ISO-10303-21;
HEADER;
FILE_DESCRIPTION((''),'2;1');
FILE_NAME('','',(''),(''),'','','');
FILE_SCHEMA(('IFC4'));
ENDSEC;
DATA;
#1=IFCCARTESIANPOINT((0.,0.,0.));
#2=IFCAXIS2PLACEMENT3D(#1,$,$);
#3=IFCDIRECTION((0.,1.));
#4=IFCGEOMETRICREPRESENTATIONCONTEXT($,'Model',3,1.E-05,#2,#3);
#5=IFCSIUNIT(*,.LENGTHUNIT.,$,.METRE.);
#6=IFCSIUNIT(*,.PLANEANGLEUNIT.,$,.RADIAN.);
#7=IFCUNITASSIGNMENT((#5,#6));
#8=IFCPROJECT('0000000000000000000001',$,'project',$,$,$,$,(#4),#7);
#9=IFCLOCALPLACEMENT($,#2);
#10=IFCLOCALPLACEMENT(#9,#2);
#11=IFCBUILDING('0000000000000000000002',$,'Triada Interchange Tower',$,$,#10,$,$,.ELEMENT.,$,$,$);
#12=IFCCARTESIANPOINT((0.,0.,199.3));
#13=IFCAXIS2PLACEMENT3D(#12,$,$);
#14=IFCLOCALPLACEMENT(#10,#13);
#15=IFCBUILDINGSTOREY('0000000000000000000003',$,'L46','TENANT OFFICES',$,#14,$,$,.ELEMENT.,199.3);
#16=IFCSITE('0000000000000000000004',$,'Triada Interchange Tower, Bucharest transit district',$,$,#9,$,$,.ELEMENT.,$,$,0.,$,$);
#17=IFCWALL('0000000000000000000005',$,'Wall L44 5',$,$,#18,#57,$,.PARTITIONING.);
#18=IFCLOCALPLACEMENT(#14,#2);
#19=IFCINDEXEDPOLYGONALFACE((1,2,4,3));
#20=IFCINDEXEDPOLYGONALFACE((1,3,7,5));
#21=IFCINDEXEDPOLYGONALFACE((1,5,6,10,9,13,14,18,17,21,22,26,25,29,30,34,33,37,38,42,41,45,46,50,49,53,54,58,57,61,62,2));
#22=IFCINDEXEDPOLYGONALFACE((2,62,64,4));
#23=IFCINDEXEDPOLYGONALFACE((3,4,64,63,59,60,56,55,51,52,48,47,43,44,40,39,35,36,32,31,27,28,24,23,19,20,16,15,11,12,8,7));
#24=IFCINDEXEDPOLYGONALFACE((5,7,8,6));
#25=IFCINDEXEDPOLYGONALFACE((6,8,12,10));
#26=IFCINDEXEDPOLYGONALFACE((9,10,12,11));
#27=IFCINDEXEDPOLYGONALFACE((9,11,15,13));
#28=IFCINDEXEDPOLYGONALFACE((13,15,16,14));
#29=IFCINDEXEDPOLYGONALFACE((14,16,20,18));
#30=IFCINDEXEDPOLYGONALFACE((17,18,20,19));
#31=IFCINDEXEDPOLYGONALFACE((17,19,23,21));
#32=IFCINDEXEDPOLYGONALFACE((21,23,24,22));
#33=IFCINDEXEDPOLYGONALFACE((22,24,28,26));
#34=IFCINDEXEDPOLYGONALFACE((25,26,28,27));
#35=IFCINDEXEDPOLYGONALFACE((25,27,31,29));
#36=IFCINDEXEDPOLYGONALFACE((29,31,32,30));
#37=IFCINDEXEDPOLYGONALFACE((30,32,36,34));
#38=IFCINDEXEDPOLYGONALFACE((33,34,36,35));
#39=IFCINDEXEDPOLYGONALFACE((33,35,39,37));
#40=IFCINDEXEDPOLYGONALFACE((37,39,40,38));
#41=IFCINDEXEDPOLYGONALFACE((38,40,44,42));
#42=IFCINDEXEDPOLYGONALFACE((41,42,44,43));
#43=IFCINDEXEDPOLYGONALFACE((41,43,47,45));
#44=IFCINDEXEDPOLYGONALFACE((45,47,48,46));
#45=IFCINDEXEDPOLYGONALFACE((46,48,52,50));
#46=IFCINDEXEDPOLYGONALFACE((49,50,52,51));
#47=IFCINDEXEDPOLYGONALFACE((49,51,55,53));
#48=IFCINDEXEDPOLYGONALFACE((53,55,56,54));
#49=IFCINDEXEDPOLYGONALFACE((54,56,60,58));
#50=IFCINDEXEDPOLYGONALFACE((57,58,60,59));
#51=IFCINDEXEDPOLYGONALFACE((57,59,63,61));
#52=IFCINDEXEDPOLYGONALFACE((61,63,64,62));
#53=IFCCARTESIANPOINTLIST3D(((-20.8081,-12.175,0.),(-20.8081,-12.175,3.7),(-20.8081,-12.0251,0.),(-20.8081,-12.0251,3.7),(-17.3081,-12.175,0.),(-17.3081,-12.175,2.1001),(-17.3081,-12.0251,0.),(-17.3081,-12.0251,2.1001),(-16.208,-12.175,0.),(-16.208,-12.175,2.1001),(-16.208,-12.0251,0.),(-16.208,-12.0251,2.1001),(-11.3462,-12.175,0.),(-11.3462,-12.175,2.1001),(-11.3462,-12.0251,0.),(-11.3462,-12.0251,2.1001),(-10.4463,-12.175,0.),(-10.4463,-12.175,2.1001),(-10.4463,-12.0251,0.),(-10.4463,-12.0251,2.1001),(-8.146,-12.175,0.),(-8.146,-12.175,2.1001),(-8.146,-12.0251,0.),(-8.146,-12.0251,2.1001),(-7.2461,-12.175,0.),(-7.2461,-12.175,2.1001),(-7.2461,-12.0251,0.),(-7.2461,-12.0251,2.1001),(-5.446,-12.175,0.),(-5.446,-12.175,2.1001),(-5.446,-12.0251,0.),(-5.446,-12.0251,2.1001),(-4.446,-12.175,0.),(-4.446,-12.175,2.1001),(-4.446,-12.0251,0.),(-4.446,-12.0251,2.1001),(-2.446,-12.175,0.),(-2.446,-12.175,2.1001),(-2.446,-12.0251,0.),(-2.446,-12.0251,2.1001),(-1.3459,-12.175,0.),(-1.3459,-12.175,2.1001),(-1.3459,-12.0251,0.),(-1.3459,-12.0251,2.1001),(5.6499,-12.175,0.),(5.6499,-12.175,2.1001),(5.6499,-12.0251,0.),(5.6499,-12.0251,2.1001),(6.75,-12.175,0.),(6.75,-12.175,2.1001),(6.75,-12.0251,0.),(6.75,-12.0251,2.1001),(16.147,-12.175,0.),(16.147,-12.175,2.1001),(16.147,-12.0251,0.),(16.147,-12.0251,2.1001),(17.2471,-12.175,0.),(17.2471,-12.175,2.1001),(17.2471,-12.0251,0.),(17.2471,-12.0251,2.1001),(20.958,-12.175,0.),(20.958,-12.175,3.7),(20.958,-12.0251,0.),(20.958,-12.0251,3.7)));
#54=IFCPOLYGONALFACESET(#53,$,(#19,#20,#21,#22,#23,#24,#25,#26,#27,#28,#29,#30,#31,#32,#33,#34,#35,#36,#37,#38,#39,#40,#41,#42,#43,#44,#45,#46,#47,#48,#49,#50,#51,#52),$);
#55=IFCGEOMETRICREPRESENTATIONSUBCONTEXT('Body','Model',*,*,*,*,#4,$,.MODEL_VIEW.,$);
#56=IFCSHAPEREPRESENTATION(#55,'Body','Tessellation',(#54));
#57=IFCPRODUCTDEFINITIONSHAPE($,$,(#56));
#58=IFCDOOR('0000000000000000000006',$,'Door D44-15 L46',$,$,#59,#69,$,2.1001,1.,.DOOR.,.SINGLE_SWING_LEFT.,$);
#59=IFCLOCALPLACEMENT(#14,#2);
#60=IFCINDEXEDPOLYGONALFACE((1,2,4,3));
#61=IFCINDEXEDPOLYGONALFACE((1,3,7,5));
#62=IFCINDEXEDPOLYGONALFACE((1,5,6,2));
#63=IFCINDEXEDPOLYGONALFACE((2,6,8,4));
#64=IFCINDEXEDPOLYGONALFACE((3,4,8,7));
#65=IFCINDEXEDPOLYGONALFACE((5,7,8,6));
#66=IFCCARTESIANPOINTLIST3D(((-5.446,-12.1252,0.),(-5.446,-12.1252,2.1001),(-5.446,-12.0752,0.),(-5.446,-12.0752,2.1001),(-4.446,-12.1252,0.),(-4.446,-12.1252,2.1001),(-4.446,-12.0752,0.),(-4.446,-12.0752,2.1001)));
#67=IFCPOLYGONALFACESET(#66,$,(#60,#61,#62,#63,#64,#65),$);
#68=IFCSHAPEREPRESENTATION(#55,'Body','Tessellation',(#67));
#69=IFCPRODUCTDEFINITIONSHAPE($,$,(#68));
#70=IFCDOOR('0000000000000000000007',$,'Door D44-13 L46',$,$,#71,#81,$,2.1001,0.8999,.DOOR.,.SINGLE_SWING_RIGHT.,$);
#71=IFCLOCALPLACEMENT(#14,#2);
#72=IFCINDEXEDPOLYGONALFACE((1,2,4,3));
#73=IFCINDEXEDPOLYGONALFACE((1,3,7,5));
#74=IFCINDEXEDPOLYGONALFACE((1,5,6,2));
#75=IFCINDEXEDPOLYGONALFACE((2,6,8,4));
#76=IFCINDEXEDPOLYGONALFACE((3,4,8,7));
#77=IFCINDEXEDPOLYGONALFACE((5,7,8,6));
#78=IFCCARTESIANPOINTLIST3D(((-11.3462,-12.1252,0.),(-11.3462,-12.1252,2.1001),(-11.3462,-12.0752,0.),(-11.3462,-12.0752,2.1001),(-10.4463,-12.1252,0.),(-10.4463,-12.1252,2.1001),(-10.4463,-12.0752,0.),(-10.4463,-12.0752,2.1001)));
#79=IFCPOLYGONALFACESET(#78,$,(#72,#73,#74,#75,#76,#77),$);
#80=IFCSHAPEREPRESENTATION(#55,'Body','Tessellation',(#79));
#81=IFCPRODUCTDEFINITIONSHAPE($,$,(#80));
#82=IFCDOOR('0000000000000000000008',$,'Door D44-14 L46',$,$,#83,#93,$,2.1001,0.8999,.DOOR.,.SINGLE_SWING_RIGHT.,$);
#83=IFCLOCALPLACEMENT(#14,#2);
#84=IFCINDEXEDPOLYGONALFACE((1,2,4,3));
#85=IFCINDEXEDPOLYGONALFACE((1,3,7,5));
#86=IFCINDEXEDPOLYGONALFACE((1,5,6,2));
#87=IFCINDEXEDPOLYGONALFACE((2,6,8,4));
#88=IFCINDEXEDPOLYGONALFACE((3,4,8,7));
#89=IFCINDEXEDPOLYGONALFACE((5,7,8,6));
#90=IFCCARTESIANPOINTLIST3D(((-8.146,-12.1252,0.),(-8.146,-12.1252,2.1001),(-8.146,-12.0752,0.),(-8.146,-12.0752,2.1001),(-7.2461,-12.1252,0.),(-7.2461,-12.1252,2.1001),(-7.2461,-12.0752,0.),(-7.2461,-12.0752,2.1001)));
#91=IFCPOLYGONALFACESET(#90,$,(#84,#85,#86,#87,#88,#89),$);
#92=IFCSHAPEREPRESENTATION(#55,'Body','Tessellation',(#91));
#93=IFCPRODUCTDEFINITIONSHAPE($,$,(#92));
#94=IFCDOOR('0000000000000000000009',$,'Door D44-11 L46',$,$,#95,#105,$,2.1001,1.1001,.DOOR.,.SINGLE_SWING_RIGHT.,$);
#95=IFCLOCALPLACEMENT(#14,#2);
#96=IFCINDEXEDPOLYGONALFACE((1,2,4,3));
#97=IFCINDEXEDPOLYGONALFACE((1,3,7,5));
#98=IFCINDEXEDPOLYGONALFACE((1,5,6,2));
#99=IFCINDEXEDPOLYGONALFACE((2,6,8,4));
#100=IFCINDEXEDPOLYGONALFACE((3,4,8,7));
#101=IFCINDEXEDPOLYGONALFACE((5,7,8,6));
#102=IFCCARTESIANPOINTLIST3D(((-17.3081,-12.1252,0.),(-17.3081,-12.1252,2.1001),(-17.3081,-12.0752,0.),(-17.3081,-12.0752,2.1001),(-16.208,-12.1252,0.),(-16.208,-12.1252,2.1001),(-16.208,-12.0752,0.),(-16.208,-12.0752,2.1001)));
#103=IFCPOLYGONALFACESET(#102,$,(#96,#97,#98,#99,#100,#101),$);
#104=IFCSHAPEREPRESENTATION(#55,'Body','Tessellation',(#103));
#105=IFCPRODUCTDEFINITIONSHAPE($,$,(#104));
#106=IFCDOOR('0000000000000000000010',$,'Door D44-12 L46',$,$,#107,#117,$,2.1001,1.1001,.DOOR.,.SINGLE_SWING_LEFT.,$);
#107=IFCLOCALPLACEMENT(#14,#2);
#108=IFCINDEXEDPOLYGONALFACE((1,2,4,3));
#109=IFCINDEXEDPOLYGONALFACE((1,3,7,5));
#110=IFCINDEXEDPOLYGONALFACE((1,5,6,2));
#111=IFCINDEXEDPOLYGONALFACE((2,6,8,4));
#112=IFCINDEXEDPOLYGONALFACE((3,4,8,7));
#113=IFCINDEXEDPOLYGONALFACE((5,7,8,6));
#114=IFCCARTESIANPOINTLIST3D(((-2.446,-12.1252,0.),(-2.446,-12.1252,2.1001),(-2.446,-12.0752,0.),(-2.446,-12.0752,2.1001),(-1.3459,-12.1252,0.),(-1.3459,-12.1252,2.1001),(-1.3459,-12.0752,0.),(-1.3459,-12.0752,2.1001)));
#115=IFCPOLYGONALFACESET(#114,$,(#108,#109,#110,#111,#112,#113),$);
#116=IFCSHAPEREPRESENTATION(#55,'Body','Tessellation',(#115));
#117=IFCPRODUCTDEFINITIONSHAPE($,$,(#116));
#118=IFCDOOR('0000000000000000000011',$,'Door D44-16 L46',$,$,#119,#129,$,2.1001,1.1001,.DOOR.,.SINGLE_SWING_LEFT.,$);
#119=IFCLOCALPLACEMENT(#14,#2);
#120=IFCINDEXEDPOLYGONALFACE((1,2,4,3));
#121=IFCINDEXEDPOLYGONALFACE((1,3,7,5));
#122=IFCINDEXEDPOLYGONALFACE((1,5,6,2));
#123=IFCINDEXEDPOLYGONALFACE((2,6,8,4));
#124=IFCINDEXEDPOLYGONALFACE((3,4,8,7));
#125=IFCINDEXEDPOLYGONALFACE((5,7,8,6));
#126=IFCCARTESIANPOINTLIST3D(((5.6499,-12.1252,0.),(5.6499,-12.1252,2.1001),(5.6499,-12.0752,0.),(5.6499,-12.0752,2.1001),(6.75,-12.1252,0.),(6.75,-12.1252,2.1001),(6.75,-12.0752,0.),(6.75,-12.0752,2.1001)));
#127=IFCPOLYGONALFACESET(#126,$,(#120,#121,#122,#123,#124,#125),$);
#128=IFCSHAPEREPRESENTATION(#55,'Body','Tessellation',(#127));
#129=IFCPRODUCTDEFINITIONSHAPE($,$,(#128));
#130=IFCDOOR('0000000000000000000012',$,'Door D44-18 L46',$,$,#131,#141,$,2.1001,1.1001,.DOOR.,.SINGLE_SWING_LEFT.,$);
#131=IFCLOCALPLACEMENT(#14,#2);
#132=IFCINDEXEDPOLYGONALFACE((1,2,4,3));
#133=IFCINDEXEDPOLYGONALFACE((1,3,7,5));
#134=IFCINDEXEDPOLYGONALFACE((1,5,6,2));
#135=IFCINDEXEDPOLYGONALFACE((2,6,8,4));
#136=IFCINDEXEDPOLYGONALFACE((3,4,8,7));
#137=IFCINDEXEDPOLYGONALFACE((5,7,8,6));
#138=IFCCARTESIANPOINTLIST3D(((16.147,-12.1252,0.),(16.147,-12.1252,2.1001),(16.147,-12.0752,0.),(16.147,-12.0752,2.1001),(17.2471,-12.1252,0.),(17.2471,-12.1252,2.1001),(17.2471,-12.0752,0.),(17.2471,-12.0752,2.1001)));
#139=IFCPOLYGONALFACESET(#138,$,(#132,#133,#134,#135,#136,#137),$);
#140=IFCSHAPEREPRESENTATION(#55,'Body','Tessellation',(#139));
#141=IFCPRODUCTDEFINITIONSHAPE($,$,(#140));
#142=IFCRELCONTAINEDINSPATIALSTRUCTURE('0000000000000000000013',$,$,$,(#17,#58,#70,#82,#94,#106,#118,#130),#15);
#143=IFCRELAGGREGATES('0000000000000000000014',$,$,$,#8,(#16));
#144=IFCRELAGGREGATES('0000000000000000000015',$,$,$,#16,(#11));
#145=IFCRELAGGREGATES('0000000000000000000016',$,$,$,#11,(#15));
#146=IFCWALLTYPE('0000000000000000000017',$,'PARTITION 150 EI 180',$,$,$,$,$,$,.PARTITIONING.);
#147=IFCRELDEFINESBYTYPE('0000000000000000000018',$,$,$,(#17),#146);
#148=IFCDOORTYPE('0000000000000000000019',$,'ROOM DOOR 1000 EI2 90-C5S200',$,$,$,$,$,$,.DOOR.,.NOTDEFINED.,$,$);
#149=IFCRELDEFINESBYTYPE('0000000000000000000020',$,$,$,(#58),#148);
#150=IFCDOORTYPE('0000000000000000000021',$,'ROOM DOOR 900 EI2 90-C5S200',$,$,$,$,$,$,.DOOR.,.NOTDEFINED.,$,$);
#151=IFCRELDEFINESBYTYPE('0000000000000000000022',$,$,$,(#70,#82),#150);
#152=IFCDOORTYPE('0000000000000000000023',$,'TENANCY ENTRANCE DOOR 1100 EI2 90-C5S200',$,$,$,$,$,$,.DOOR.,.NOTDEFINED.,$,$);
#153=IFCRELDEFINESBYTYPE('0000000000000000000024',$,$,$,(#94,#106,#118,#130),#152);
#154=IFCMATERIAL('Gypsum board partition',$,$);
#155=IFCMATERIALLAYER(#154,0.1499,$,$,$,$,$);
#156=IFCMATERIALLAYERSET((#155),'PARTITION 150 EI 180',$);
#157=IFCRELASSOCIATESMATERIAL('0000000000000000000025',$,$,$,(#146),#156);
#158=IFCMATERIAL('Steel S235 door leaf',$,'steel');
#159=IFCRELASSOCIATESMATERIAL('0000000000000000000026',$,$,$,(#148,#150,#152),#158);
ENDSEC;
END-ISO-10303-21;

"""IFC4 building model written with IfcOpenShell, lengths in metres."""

from ifc_helpers import new_model, si_unit, direction, frame, frame_2d, origin, place, context, subcontext, project, spatial, rectangle, extrude, material, layer, layer_set, type_object, element, fill, save


model = new_model("IFC4")

# Units and contexts
model_context = context("Model", 3, precision=1e-05, world=origin(), true_north=direction((0.0, 1.0)))
body_context = subcontext(model_context, "Body", "Model", "MODEL_VIEW")
ifc_project = project(units=[si_unit("LENGTHUNIT", "METRE"), si_unit("PLANEANGLEUNIT", "RADIAN")], contexts=[model_context])

# Site, building, storey
site_placement = place(None, origin())
site = spatial("IfcSite", under=ifc_project, at=site_placement, Name="Triada Interchange Tower, Bucharest transit district", CompositionType="ELEMENT", RefElevation=0.0)
building_placement = place(site_placement, origin())
building = spatial("IfcBuilding", under=site, at=building_placement, Name="Triada Interchange Tower", CompositionType="ELEMENT")
storey_placement = place(building_placement, frame((0.0, 0.0, 199.3)))
storey = spatial("IfcBuildingStorey", under=building, at=storey_placement, Name="L46", Description="TENANT OFFICES", CompositionType="ELEMENT", Elevation=199.3)

# Wall, openings, doors
ifc_material_1 = material(Name="Gypsum board partition")
ifc_layer_1 = layer(ifc_material_1, 0.1499)
ifc_layer_set_1 = layer_set([ifc_layer_1], Name="PARTITION 150 EI 180")
wall_type_1 = type_object("IfcWallType", Name="PARTITION 150 EI 180", PredefinedType="PARTITIONING", material=ifc_layer_set_1)
ifc_material_2 = material(Name="Steel S235 door leaf", Category="steel")
door_type_1 = type_object("IfcDoorType", Name="ROOM DOOR 1000 EI2 90-C5S200", OperationType="NOTDEFINED", PredefinedType="DOOR", material=ifc_material_2)
door_type_2 = type_object("IfcDoorType", Name="ROOM DOOR 900 EI2 90-C5S200", OperationType="NOTDEFINED", PredefinedType="DOOR", material=ifc_material_2)
door_type_3 = type_object("IfcDoorType", Name="TENANCY ENTRANCE DOOR 1100 EI2 90-C5S200", OperationType="NOTDEFINED", PredefinedType="DOOR", material=ifc_material_2)
wall_1_placement = place(storey_placement, frame((-20.8081, -12.1001, 0.0), z_axis=(0.0, 0.0, 1.0), x_axis=(1.0, 0.0, 0.0)))
wall_1 = element("IfcWall", 1, at=wall_1_placement, inside=storey, type_object=wall_type_1, Name="Wall L44 5", PredefinedType="PARTITIONING", context=body_context, shape_type="SweptSolid", body=[
    extrude(rectangle(XDim=41.7661, YDim=0.1499, at=frame_2d((20.8831, 0.0))), origin(), (0.0, 0.0, 1.0), 3.7),
])
opening_1_placement = place(wall_1_placement, frame((3.5, 0.0, 0.0)))
opening_1 = element("IfcOpeningElement", 2, at=opening_1_placement, cuts=wall_1, PredefinedType="OPENING", context=body_context, shape_type="SweptSolid", body=[
    extrude(rectangle(XDim=1.1001, YDim=2.1001, at=frame_2d((0.55, 1.05))), frame((0.0, 0.085, 0.0), z_axis=(0.0, -1.0, 0.0), x_axis=(1.0, 0.0, 0.0)), (0.0, 0.0, 1.0), 0.1699),
])
opening_2_placement = place(wall_1_placement, frame((18.3621, 0.0, 0.0)))
opening_2 = element("IfcOpeningElement", 3, at=opening_2_placement, cuts=wall_1, PredefinedType="OPENING", context=body_context, shape_type="SweptSolid", body=[
    extrude(rectangle(XDim=1.1001, YDim=2.1001, at=frame_2d((0.55, 1.05))), frame((0.0, 0.085, 0.0), z_axis=(0.0, -1.0, 0.0), x_axis=(1.0, 0.0, 0.0)), (0.0, 0.0, 1.0), 0.1699),
])
opening_3_placement = place(wall_1_placement, frame((9.4619, 0.0, 0.0)))
opening_3 = element("IfcOpeningElement", 4, at=opening_3_placement, cuts=wall_1, PredefinedType="OPENING", context=body_context, shape_type="SweptSolid", body=[
    extrude(rectangle(XDim=0.8999, YDim=2.1001, at=frame_2d((0.45, 1.05))), frame((0.0, 0.085, 0.0), z_axis=(0.0, -1.0, 0.0), x_axis=(1.0, 0.0, 0.0)), (0.0, 0.0, 1.0), 0.1699),
])
opening_4_placement = place(wall_1_placement, frame((12.6621, 0.0, 0.0)))
opening_4 = element("IfcOpeningElement", 5, at=opening_4_placement, cuts=wall_1, PredefinedType="OPENING", context=body_context, shape_type="SweptSolid", body=[
    extrude(rectangle(XDim=0.8999, YDim=2.1001, at=frame_2d((0.45, 1.05))), frame((0.0, 0.085, 0.0), z_axis=(0.0, -1.0, 0.0), x_axis=(1.0, 0.0, 0.0)), (0.0, 0.0, 1.0), 0.1699),
])
opening_5_placement = place(wall_1_placement, frame((15.3621, 0.0, 0.0)))
opening_5 = element("IfcOpeningElement", 6, at=opening_5_placement, cuts=wall_1, PredefinedType="OPENING", context=body_context, shape_type="SweptSolid", body=[
    extrude(rectangle(XDim=1.0, YDim=2.1001, at=frame_2d((0.5, 1.05))), frame((0.0, 0.085, 0.0), z_axis=(0.0, -1.0, 0.0), x_axis=(1.0, 0.0, 0.0)), (0.0, 0.0, 1.0), 0.1699),
])
opening_6_placement = place(wall_1_placement, frame((26.458, 0.0, 0.0)))
opening_6 = element("IfcOpeningElement", 7, at=opening_6_placement, cuts=wall_1, PredefinedType="OPENING", context=body_context, shape_type="SweptSolid", body=[
    extrude(rectangle(XDim=1.1001, YDim=2.1001, at=frame_2d((0.55, 1.05))), frame((0.0, 0.085, 0.0), z_axis=(0.0, -1.0, 0.0), x_axis=(1.0, 0.0, 0.0)), (0.0, 0.0, 1.0), 0.1699),
])
opening_7_placement = place(wall_1_placement, frame((36.9551, 0.0, 0.0)))
opening_7 = element("IfcOpeningElement", 8, at=opening_7_placement, cuts=wall_1, PredefinedType="OPENING", context=body_context, shape_type="SweptSolid", body=[
    extrude(rectangle(XDim=1.1001, YDim=2.1001, at=frame_2d((0.55, 1.05))), frame((0.0, 0.085, 0.0), z_axis=(0.0, -1.0, 0.0), x_axis=(1.0, 0.0, 0.0)), (0.0, 0.0, 1.0), 0.1699),
])
door_1_placement = place(opening_5_placement, origin())
door_1 = element("IfcDoor", 9, at=door_1_placement, inside=storey, type_object=door_type_1, Name="Door D44-15 L46", OperationType="SINGLE_SWING_LEFT", OverallHeight=2.1001, OverallWidth=1.0, PredefinedType="DOOR", context=body_context, shape_type="SweptSolid", body=[
    extrude(rectangle(XDim=1.0, YDim=2.1001, at=frame_2d((0.5, 1.05))), frame((0.0, 0.0249, 0.0), z_axis=(0.0, -1.0, 0.0), x_axis=(1.0, 0.0, 0.0)), (0.0, 0.0, 1.0), 0.05),
])
fill(opening_5, door_1)
door_2_placement = place(opening_3_placement, origin())
door_2 = element("IfcDoor", 10, at=door_2_placement, inside=storey, type_object=door_type_2, Name="Door D44-13 L46", OperationType="SINGLE_SWING_RIGHT", OverallHeight=2.1001, OverallWidth=0.8999, PredefinedType="DOOR", context=body_context, shape_type="SweptSolid", body=[
    extrude(rectangle(XDim=0.8999, YDim=2.1001, at=frame_2d((0.45, 1.05))), frame((0.0, 0.0249, 0.0), z_axis=(0.0, -1.0, 0.0), x_axis=(1.0, 0.0, 0.0)), (0.0, 0.0, 1.0), 0.05),
])
fill(opening_3, door_2)
door_3_placement = place(opening_4_placement, origin())
door_3 = element("IfcDoor", 11, at=door_3_placement, inside=storey, type_object=door_type_2, Name="Door D44-14 L46", OperationType="SINGLE_SWING_RIGHT", OverallHeight=2.1001, OverallWidth=0.8999, PredefinedType="DOOR", context=body_context, shape_type="SweptSolid", body=[
    extrude(rectangle(XDim=0.8999, YDim=2.1001, at=frame_2d((0.45, 1.05))), frame((0.0, 0.0249, 0.0), z_axis=(0.0, -1.0, 0.0), x_axis=(1.0, 0.0, 0.0)), (0.0, 0.0, 1.0), 0.05),
])
fill(opening_4, door_3)
door_4_placement = place(opening_1_placement, origin())
door_4 = element("IfcDoor", 12, at=door_4_placement, inside=storey, type_object=door_type_3, Name="Door D44-11 L46", OperationType="SINGLE_SWING_RIGHT", OverallHeight=2.1001, OverallWidth=1.1001, PredefinedType="DOOR", context=body_context, shape_type="SweptSolid", body=[
    extrude(rectangle(XDim=1.1001, YDim=2.1001, at=frame_2d((0.55, 1.05))), frame((0.0, 0.0249, 0.0), z_axis=(0.0, -1.0, 0.0), x_axis=(1.0, 0.0, 0.0)), (0.0, 0.0, 1.0), 0.05),
])
fill(opening_1, door_4)
door_5_placement = place(opening_2_placement, origin())
door_5 = element("IfcDoor", 13, at=door_5_placement, inside=storey, type_object=door_type_3, Name="Door D44-12 L46", OperationType="SINGLE_SWING_LEFT", OverallHeight=2.1001, OverallWidth=1.1001, PredefinedType="DOOR", context=body_context, shape_type="SweptSolid", body=[
    extrude(rectangle(XDim=1.1001, YDim=2.1001, at=frame_2d((0.55, 1.05))), frame((0.0, 0.0249, 0.0), z_axis=(0.0, -1.0, 0.0), x_axis=(1.0, 0.0, 0.0)), (0.0, 0.0, 1.0), 0.05),
])
fill(opening_2, door_5)
door_6_placement = place(opening_6_placement, origin())
door_6 = element("IfcDoor", 14, at=door_6_placement, inside=storey, type_object=door_type_3, Name="Door D44-16 L46", OperationType="SINGLE_SWING_LEFT", OverallHeight=2.1001, OverallWidth=1.1001, PredefinedType="DOOR", context=body_context, shape_type="SweptSolid", body=[
    extrude(rectangle(XDim=1.1001, YDim=2.1001, at=frame_2d((0.55, 1.05))), frame((0.0, 0.0249, 0.0), z_axis=(0.0, -1.0, 0.0), x_axis=(1.0, 0.0, 0.0)), (0.0, 0.0, 1.0), 0.05),
])
fill(opening_6, door_6)
door_7_placement = place(opening_7_placement, origin())
door_7 = element("IfcDoor", 15, at=door_7_placement, inside=storey, type_object=door_type_3, Name="Door D44-18 L46", OperationType="SINGLE_SWING_LEFT", OverallHeight=2.1001, OverallWidth=1.1001, PredefinedType="DOOR", context=body_context, shape_type="SweptSolid", body=[
    extrude(rectangle(XDim=1.1001, YDim=2.1001, at=frame_2d((0.55, 1.05))), frame((0.0, 0.0249, 0.0), z_axis=(0.0, -1.0, 0.0), x_axis=(1.0, 0.0, 0.0)), (0.0, 0.0, 1.0), 0.05),
])
fill(opening_7, door_7)

save(model, "model.ifc")
